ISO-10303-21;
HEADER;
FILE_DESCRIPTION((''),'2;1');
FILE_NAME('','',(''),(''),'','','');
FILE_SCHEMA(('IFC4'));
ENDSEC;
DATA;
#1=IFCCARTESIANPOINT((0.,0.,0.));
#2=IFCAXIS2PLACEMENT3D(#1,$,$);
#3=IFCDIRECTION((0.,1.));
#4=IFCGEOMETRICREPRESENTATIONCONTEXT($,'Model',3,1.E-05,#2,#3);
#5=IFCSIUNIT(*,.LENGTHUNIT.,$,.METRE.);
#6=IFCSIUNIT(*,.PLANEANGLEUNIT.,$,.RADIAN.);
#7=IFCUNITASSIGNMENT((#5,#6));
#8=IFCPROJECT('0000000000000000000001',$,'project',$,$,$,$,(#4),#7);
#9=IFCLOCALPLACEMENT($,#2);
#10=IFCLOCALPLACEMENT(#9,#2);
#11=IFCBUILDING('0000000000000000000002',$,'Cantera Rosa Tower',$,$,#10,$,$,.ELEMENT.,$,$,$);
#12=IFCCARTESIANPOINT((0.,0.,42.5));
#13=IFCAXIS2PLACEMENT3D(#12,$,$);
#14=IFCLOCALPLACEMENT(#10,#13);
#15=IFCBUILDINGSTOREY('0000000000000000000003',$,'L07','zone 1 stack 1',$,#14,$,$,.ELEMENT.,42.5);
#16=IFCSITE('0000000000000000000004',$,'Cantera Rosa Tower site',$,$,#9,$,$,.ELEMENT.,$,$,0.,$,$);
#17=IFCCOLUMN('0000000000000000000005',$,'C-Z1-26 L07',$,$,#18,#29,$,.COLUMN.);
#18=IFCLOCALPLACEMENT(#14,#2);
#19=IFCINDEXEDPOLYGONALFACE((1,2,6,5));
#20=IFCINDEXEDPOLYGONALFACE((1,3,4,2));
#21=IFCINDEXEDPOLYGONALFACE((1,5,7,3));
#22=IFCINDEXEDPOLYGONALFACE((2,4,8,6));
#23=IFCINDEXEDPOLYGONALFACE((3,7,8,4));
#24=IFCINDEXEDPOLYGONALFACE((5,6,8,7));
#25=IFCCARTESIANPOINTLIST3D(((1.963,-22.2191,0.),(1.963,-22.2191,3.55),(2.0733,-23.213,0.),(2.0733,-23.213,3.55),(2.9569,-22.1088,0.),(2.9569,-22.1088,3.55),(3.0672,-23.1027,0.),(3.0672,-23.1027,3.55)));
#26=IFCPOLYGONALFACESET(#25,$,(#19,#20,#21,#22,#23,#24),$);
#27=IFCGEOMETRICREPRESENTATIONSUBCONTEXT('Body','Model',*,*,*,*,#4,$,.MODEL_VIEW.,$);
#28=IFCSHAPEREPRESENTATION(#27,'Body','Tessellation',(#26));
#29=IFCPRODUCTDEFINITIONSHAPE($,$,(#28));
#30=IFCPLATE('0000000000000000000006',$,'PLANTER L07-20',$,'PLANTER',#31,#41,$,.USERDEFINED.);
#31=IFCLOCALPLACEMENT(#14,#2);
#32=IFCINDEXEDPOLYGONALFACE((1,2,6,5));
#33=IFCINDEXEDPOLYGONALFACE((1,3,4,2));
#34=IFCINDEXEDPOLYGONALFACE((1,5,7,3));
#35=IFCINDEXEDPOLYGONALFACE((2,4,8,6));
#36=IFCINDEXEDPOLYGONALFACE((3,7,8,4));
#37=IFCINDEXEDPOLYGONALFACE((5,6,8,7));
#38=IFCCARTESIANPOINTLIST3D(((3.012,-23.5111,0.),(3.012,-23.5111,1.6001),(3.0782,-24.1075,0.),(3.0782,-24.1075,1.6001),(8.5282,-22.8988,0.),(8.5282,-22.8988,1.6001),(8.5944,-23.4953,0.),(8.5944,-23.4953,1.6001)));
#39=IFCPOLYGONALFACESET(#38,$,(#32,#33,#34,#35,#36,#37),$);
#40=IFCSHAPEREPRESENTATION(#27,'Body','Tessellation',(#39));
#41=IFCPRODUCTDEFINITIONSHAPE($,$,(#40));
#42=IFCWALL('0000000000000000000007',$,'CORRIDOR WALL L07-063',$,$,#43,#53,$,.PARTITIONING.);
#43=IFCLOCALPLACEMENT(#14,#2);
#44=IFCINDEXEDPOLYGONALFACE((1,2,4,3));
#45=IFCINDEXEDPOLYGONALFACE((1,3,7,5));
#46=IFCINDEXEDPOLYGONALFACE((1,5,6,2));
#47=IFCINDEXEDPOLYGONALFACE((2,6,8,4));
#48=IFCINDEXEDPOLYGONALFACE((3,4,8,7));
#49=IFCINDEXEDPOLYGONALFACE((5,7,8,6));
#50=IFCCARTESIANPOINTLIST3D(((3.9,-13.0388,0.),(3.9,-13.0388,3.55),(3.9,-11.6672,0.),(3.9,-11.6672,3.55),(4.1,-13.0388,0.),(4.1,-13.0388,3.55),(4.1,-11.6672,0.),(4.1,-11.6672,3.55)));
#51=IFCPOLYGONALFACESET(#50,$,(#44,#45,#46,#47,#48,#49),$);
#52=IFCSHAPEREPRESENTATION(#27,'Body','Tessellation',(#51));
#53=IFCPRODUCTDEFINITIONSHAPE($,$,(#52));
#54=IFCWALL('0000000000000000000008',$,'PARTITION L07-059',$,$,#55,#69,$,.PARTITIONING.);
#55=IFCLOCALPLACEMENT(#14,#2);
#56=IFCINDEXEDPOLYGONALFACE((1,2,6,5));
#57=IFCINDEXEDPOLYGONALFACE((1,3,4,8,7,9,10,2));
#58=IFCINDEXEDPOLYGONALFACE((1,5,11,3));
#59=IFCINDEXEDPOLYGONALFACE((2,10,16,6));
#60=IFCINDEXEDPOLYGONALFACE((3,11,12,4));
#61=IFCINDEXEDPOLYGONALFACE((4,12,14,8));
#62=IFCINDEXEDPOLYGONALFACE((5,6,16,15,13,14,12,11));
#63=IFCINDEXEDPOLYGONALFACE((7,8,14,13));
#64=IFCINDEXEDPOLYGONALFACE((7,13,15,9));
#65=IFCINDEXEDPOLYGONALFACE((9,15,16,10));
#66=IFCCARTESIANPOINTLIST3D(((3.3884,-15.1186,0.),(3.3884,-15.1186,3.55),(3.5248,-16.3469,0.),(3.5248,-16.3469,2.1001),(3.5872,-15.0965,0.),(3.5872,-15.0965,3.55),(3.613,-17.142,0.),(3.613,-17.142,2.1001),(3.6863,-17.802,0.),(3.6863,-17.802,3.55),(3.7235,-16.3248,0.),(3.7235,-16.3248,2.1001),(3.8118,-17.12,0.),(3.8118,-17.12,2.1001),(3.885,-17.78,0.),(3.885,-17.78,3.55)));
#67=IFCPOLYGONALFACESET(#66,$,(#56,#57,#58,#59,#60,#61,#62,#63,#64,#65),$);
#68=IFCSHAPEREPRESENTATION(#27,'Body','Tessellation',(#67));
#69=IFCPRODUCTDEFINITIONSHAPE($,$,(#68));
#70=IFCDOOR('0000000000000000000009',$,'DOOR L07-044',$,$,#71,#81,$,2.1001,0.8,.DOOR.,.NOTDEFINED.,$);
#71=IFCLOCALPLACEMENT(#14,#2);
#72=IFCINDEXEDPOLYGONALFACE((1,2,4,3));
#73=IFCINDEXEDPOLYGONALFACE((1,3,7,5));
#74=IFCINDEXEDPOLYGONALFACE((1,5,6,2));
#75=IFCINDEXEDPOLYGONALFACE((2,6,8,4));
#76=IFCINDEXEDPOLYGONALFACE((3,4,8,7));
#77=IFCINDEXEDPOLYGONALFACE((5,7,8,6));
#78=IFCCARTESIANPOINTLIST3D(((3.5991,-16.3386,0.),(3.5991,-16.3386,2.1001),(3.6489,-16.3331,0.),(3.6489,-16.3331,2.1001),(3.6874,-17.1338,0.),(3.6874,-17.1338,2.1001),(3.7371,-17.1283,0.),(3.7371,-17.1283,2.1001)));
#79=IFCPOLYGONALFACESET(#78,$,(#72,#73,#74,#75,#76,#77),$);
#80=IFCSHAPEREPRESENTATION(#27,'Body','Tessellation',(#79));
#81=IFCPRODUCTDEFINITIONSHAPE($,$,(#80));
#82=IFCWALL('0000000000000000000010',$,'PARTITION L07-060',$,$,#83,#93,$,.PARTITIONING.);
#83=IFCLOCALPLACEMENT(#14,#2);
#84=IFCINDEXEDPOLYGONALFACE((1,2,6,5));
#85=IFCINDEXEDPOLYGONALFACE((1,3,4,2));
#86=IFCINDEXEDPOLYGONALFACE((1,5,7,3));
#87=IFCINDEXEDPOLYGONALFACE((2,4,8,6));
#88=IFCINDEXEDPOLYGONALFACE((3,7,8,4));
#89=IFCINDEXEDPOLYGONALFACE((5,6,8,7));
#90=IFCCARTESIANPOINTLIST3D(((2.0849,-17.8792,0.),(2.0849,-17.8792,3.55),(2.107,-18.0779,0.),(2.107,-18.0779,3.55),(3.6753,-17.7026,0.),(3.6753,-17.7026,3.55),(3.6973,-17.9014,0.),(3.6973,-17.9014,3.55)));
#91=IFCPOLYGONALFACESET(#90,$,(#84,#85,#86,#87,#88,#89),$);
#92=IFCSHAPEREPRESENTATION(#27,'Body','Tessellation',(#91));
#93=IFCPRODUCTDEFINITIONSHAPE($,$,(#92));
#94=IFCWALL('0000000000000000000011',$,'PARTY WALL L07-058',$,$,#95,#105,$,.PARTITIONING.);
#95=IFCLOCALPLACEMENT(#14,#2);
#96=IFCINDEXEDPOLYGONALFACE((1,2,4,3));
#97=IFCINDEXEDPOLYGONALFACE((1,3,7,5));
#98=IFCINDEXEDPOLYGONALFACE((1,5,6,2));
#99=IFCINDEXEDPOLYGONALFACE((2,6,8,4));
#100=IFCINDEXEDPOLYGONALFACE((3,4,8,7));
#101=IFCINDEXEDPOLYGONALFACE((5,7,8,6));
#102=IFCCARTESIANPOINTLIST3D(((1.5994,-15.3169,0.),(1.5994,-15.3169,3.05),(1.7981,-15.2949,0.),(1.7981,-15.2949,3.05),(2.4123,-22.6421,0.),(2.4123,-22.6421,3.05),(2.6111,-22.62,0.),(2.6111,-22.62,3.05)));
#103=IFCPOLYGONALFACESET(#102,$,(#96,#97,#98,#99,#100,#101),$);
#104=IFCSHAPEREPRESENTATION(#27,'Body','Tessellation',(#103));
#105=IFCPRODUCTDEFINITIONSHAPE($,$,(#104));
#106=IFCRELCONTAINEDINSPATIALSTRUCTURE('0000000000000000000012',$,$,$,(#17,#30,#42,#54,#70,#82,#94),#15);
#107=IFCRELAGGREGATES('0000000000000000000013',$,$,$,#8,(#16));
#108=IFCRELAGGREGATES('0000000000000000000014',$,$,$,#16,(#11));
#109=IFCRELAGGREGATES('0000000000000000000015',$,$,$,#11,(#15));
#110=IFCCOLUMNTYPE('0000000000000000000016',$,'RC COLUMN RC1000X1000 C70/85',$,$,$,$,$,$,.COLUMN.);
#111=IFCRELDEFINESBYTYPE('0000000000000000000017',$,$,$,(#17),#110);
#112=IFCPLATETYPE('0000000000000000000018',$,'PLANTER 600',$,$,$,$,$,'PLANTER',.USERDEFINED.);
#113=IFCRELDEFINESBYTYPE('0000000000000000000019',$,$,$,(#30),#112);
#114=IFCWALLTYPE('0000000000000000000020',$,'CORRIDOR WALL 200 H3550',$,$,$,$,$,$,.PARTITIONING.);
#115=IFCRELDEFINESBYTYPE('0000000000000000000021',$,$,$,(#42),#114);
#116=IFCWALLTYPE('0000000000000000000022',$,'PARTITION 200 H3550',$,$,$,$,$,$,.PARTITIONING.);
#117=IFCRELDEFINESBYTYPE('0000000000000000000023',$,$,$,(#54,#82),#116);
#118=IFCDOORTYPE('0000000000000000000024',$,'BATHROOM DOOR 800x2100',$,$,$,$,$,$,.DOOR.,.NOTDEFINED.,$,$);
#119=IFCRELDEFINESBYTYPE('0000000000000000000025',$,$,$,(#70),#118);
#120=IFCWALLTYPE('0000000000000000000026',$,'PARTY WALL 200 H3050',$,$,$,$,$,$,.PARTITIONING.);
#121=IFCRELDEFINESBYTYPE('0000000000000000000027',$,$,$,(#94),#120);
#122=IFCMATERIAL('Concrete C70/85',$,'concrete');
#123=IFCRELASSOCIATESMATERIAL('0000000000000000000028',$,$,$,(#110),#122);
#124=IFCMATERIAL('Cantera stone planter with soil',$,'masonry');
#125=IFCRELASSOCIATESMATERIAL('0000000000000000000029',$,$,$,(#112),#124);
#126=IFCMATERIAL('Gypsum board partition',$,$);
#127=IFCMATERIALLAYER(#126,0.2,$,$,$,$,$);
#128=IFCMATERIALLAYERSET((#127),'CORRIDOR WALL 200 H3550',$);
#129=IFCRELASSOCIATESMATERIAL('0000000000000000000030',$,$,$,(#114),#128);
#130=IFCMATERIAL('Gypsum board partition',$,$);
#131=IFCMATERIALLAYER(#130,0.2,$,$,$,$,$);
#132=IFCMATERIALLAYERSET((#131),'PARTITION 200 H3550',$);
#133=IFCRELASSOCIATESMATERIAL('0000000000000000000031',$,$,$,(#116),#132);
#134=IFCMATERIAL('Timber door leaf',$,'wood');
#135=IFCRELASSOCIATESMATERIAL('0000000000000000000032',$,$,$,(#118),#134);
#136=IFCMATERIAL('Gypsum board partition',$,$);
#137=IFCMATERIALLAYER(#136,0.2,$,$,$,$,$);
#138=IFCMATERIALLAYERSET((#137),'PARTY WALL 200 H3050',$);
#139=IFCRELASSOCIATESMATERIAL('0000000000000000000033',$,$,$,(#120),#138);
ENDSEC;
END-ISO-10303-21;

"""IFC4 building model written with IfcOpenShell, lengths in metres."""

from ifc_helpers import new_model, si_unit, direction, frame, frame_2d, origin, origin_2d, place, context, subcontext, project, spatial, rectangle, extrude, material, layer, layer_set, material_profile, profile_set, type_object, element, fill, save


model = new_model("IFC4")

# Units and contexts
model_context = context("Model", 3, precision=1e-05, world=origin(), true_north=direction((0.0, 1.0)))
body_context = subcontext(model_context, "Body", "Model", "MODEL_VIEW")
ifc_project = project(units=[si_unit("LENGTHUNIT", "METRE"), si_unit("PLANEANGLEUNIT", "RADIAN")], contexts=[model_context])

# Site, building, storey
site_placement = place(None, origin())
site = spatial("IfcSite", under=ifc_project, at=site_placement, Name="Cantera Rosa Tower site", CompositionType="ELEMENT", RefElevation=0.0)
building_placement = place(site_placement, origin())
building = spatial("IfcBuilding", under=site, at=building_placement, Name="Cantera Rosa Tower", CompositionType="ELEMENT")
storey_placement = place(building_placement, frame((0.0, 0.0, 42.5)))
storey = spatial("IfcBuildingStorey", under=building, at=storey_placement, Name="L07", Description="zone 1 stack 1", CompositionType="ELEMENT", Elevation=42.5)

# Column
ifc_material_1 = material(Name="Concrete C70/85", Category="concrete")
ifc_material_profile = material_profile(ifc_material_1, rectangle(XDim=1.0, YDim=1.0, at=origin_2d()), Name="RC COLUMN RC1000X1000 C70/85")
ifc_profile_set = profile_set([ifc_material_profile], Name="Concrete C70/85")
column_type = type_object("IfcColumnType", Name="RC COLUMN RC1000X1000 C70/85", PredefinedType="COLUMN", material=ifc_profile_set)
column_placement = place(storey_placement, frame((2.5151, -22.6609, 0.0), z_axis=(0.0, 0.0, 1.0), x_axis=(0.993897, 0.110313, 0.0)))
element("IfcColumn", 1, at=column_placement, inside=storey, type_object=column_type, Name="C-Z1-26 L07", PredefinedType="COLUMN", context=body_context, shape_type="SweptSolid", body=[
    extrude(rectangle(XDim=1.0, YDim=1.0, at=origin_2d()), origin(), (0.0, 0.0, 1.0), 3.55),
])

# Plate
ifc_material_2 = material(Name="Cantera stone planter with soil", Category="masonry")
plate_type = type_object("IfcPlateType", Name="PLANTER 600", ElementType="PLANTER", PredefinedType="USERDEFINED", material=ifc_material_2)
plate_placement = place(storey_placement, frame((5.8032, -23.5032, 0.0), z_axis=(0.0, 0.0, 1.0), x_axis=(0.993897, 0.110313, 0.0)))
element("IfcPlate", 2, at=plate_placement, inside=storey, type_object=plate_type, Name="PLANTER L07-20", ObjectType="PLANTER", PredefinedType="USERDEFINED", context=body_context, shape_type="SweptSolid", body=[
    extrude(rectangle(XDim=5.55, YDim=0.6001, at=origin_2d()), origin(), (0.0, 0.0, 1.0), 1.6001),
])

# Wall
ifc_material_3 = material(Name="Gypsum board partition")
ifc_layer_1 = layer(ifc_material_3, 0.2)
ifc_layer_set_1 = layer_set([ifc_layer_1], Name="CORRIDOR WALL 200 H3550")
wall_type_1 = type_object("IfcWallType", Name="CORRIDOR WALL 200 H3550", PredefinedType="PARTITIONING", material=ifc_layer_set_1)
wall_1_placement = place(storey_placement, frame((4.0, -13.0388, 0.0), z_axis=(0.0, 0.0, 1.0), x_axis=(0.0, 1.0, 0.0)))
element("IfcWall", 3, at=wall_1_placement, inside=storey, type_object=wall_type_1, Name="CORRIDOR WALL L07-063", PredefinedType="PARTITIONING", context=body_context, shape_type="SweptSolid", body=[
    extrude(rectangle(XDim=1.3716, YDim=0.2, at=frame_2d((0.6858, 0.0))), origin(), (0.0, 0.0, 1.0), 3.55),
])

# Wall, opening, door
ifc_material_4 = material(Name="Gypsum board partition")
ifc_layer_2 = layer(ifc_material_4, 0.2)
ifc_layer_set_2 = layer_set([ifc_layer_2], Name="PARTITION 200 H3550")
wall_type_2 = type_object("IfcWallType", Name="PARTITION 200 H3550", PredefinedType="PARTITIONING", material=ifc_layer_set_2)
wall_2_placement = place(storey_placement, frame((3.4878, -15.1074, 0.0), z_axis=(0.0, 0.0, 1.0), x_axis=(0.110312, -0.993897, 0.0)))
wall_2 = element("IfcWall", 4, at=wall_2_placement, inside=storey, type_object=wall_type_2, Name="PARTITION L07-059", PredefinedType="PARTITIONING", context=body_context, shape_type="SweptSolid", body=[
    extrude(rectangle(XDim=2.7, YDim=0.2, at=frame_2d((1.3501, 0.0))), origin(), (0.0, 0.0, 1.0), 3.55),
])
opening_1_placement = place(wall_2_placement, frame((1.2361, 0.0, 0.0)))
opening_1 = element("IfcOpeningElement", 5, at=opening_1_placement, cuts=wall_2, PredefinedType="OPENING", context=body_context, shape_type="SweptSolid", body=[
    extrude(rectangle(XDim=0.8, YDim=2.1001, at=frame_2d((0.3999, 1.05))), frame((0.0, 0.1099, 0.0), z_axis=(0.0, -1.0, 0.0), x_axis=(1.0, 0.0, 0.0)), (0.0, 0.0, 1.0), 0.22),
])
ifc_material_5 = material(Name="Timber door leaf", Category="wood")
door_type_1 = type_object("IfcDoorType", Name="BATHROOM DOOR 800x2100", OperationType="NOTDEFINED", PredefinedType="DOOR", material=ifc_material_5)
door_1_placement = place(opening_1_placement, origin())
door_1 = element("IfcDoor", 6, at=door_1_placement, inside=storey, type_object=door_type_1, Name="DOOR L07-044", OperationType="NOTDEFINED", OverallHeight=2.1001, OverallWidth=0.8, PredefinedType="DOOR", context=body_context, shape_type="SweptSolid", body=[
    extrude(rectangle(XDim=0.8, YDim=2.1001, at=frame_2d((0.3999, 1.05))), frame((0.0, 0.0249, 0.0), z_axis=(0.0, -1.0, 0.0), x_axis=(1.0, 0.0, 0.0)), (0.0, 0.0, 1.0), 0.05),
])
fill(opening_1, door_1)

# Walls
wall_3_placement = place(storey_placement, frame((3.6863, -17.802, 0.0), z_axis=(0.0, 0.0, 1.0), x_axis=(-0.993897, -0.110314, 0.0)))
element("IfcWall", 7, at=wall_3_placement, inside=storey, type_object=wall_type_2, Name="PARTITION L07-060", PredefinedType="PARTITIONING", context=body_context, shape_type="SweptSolid", body=[
    extrude(rectangle(XDim=1.6001, YDim=0.2, at=frame_2d((0.8, 0.0))), origin(), (0.0, 0.0, 1.0), 3.55),
])
ifc_material_6 = material(Name="Gypsum board partition")
ifc_layer_3 = layer(ifc_material_6, 0.2)
ifc_layer_set_3 = layer_set([ifc_layer_3], Name="PARTY WALL 200 H3050")
wall_type_3 = type_object("IfcWallType", Name="PARTY WALL 200 H3050", PredefinedType="PARTITIONING", material=ifc_layer_set_3)
wall_4_placement = place(storey_placement, frame((1.6987, -15.3059, 0.0), z_axis=(0.0, 0.0, 1.0), x_axis=(0.110308, -0.993897, 0.0)))
element("IfcWall", 8, at=wall_4_placement, inside=storey, type_object=wall_type_3, Name="PARTY WALL L07-058", PredefinedType="PARTITIONING", context=body_context, shape_type="SweptSolid", body=[
    extrude(rectangle(XDim=7.3701, YDim=0.2, at=frame_2d((3.6851, 0.0))), origin(), (0.0, 0.0, 1.0), 3.05),
])

save(model, "model.ifc")
